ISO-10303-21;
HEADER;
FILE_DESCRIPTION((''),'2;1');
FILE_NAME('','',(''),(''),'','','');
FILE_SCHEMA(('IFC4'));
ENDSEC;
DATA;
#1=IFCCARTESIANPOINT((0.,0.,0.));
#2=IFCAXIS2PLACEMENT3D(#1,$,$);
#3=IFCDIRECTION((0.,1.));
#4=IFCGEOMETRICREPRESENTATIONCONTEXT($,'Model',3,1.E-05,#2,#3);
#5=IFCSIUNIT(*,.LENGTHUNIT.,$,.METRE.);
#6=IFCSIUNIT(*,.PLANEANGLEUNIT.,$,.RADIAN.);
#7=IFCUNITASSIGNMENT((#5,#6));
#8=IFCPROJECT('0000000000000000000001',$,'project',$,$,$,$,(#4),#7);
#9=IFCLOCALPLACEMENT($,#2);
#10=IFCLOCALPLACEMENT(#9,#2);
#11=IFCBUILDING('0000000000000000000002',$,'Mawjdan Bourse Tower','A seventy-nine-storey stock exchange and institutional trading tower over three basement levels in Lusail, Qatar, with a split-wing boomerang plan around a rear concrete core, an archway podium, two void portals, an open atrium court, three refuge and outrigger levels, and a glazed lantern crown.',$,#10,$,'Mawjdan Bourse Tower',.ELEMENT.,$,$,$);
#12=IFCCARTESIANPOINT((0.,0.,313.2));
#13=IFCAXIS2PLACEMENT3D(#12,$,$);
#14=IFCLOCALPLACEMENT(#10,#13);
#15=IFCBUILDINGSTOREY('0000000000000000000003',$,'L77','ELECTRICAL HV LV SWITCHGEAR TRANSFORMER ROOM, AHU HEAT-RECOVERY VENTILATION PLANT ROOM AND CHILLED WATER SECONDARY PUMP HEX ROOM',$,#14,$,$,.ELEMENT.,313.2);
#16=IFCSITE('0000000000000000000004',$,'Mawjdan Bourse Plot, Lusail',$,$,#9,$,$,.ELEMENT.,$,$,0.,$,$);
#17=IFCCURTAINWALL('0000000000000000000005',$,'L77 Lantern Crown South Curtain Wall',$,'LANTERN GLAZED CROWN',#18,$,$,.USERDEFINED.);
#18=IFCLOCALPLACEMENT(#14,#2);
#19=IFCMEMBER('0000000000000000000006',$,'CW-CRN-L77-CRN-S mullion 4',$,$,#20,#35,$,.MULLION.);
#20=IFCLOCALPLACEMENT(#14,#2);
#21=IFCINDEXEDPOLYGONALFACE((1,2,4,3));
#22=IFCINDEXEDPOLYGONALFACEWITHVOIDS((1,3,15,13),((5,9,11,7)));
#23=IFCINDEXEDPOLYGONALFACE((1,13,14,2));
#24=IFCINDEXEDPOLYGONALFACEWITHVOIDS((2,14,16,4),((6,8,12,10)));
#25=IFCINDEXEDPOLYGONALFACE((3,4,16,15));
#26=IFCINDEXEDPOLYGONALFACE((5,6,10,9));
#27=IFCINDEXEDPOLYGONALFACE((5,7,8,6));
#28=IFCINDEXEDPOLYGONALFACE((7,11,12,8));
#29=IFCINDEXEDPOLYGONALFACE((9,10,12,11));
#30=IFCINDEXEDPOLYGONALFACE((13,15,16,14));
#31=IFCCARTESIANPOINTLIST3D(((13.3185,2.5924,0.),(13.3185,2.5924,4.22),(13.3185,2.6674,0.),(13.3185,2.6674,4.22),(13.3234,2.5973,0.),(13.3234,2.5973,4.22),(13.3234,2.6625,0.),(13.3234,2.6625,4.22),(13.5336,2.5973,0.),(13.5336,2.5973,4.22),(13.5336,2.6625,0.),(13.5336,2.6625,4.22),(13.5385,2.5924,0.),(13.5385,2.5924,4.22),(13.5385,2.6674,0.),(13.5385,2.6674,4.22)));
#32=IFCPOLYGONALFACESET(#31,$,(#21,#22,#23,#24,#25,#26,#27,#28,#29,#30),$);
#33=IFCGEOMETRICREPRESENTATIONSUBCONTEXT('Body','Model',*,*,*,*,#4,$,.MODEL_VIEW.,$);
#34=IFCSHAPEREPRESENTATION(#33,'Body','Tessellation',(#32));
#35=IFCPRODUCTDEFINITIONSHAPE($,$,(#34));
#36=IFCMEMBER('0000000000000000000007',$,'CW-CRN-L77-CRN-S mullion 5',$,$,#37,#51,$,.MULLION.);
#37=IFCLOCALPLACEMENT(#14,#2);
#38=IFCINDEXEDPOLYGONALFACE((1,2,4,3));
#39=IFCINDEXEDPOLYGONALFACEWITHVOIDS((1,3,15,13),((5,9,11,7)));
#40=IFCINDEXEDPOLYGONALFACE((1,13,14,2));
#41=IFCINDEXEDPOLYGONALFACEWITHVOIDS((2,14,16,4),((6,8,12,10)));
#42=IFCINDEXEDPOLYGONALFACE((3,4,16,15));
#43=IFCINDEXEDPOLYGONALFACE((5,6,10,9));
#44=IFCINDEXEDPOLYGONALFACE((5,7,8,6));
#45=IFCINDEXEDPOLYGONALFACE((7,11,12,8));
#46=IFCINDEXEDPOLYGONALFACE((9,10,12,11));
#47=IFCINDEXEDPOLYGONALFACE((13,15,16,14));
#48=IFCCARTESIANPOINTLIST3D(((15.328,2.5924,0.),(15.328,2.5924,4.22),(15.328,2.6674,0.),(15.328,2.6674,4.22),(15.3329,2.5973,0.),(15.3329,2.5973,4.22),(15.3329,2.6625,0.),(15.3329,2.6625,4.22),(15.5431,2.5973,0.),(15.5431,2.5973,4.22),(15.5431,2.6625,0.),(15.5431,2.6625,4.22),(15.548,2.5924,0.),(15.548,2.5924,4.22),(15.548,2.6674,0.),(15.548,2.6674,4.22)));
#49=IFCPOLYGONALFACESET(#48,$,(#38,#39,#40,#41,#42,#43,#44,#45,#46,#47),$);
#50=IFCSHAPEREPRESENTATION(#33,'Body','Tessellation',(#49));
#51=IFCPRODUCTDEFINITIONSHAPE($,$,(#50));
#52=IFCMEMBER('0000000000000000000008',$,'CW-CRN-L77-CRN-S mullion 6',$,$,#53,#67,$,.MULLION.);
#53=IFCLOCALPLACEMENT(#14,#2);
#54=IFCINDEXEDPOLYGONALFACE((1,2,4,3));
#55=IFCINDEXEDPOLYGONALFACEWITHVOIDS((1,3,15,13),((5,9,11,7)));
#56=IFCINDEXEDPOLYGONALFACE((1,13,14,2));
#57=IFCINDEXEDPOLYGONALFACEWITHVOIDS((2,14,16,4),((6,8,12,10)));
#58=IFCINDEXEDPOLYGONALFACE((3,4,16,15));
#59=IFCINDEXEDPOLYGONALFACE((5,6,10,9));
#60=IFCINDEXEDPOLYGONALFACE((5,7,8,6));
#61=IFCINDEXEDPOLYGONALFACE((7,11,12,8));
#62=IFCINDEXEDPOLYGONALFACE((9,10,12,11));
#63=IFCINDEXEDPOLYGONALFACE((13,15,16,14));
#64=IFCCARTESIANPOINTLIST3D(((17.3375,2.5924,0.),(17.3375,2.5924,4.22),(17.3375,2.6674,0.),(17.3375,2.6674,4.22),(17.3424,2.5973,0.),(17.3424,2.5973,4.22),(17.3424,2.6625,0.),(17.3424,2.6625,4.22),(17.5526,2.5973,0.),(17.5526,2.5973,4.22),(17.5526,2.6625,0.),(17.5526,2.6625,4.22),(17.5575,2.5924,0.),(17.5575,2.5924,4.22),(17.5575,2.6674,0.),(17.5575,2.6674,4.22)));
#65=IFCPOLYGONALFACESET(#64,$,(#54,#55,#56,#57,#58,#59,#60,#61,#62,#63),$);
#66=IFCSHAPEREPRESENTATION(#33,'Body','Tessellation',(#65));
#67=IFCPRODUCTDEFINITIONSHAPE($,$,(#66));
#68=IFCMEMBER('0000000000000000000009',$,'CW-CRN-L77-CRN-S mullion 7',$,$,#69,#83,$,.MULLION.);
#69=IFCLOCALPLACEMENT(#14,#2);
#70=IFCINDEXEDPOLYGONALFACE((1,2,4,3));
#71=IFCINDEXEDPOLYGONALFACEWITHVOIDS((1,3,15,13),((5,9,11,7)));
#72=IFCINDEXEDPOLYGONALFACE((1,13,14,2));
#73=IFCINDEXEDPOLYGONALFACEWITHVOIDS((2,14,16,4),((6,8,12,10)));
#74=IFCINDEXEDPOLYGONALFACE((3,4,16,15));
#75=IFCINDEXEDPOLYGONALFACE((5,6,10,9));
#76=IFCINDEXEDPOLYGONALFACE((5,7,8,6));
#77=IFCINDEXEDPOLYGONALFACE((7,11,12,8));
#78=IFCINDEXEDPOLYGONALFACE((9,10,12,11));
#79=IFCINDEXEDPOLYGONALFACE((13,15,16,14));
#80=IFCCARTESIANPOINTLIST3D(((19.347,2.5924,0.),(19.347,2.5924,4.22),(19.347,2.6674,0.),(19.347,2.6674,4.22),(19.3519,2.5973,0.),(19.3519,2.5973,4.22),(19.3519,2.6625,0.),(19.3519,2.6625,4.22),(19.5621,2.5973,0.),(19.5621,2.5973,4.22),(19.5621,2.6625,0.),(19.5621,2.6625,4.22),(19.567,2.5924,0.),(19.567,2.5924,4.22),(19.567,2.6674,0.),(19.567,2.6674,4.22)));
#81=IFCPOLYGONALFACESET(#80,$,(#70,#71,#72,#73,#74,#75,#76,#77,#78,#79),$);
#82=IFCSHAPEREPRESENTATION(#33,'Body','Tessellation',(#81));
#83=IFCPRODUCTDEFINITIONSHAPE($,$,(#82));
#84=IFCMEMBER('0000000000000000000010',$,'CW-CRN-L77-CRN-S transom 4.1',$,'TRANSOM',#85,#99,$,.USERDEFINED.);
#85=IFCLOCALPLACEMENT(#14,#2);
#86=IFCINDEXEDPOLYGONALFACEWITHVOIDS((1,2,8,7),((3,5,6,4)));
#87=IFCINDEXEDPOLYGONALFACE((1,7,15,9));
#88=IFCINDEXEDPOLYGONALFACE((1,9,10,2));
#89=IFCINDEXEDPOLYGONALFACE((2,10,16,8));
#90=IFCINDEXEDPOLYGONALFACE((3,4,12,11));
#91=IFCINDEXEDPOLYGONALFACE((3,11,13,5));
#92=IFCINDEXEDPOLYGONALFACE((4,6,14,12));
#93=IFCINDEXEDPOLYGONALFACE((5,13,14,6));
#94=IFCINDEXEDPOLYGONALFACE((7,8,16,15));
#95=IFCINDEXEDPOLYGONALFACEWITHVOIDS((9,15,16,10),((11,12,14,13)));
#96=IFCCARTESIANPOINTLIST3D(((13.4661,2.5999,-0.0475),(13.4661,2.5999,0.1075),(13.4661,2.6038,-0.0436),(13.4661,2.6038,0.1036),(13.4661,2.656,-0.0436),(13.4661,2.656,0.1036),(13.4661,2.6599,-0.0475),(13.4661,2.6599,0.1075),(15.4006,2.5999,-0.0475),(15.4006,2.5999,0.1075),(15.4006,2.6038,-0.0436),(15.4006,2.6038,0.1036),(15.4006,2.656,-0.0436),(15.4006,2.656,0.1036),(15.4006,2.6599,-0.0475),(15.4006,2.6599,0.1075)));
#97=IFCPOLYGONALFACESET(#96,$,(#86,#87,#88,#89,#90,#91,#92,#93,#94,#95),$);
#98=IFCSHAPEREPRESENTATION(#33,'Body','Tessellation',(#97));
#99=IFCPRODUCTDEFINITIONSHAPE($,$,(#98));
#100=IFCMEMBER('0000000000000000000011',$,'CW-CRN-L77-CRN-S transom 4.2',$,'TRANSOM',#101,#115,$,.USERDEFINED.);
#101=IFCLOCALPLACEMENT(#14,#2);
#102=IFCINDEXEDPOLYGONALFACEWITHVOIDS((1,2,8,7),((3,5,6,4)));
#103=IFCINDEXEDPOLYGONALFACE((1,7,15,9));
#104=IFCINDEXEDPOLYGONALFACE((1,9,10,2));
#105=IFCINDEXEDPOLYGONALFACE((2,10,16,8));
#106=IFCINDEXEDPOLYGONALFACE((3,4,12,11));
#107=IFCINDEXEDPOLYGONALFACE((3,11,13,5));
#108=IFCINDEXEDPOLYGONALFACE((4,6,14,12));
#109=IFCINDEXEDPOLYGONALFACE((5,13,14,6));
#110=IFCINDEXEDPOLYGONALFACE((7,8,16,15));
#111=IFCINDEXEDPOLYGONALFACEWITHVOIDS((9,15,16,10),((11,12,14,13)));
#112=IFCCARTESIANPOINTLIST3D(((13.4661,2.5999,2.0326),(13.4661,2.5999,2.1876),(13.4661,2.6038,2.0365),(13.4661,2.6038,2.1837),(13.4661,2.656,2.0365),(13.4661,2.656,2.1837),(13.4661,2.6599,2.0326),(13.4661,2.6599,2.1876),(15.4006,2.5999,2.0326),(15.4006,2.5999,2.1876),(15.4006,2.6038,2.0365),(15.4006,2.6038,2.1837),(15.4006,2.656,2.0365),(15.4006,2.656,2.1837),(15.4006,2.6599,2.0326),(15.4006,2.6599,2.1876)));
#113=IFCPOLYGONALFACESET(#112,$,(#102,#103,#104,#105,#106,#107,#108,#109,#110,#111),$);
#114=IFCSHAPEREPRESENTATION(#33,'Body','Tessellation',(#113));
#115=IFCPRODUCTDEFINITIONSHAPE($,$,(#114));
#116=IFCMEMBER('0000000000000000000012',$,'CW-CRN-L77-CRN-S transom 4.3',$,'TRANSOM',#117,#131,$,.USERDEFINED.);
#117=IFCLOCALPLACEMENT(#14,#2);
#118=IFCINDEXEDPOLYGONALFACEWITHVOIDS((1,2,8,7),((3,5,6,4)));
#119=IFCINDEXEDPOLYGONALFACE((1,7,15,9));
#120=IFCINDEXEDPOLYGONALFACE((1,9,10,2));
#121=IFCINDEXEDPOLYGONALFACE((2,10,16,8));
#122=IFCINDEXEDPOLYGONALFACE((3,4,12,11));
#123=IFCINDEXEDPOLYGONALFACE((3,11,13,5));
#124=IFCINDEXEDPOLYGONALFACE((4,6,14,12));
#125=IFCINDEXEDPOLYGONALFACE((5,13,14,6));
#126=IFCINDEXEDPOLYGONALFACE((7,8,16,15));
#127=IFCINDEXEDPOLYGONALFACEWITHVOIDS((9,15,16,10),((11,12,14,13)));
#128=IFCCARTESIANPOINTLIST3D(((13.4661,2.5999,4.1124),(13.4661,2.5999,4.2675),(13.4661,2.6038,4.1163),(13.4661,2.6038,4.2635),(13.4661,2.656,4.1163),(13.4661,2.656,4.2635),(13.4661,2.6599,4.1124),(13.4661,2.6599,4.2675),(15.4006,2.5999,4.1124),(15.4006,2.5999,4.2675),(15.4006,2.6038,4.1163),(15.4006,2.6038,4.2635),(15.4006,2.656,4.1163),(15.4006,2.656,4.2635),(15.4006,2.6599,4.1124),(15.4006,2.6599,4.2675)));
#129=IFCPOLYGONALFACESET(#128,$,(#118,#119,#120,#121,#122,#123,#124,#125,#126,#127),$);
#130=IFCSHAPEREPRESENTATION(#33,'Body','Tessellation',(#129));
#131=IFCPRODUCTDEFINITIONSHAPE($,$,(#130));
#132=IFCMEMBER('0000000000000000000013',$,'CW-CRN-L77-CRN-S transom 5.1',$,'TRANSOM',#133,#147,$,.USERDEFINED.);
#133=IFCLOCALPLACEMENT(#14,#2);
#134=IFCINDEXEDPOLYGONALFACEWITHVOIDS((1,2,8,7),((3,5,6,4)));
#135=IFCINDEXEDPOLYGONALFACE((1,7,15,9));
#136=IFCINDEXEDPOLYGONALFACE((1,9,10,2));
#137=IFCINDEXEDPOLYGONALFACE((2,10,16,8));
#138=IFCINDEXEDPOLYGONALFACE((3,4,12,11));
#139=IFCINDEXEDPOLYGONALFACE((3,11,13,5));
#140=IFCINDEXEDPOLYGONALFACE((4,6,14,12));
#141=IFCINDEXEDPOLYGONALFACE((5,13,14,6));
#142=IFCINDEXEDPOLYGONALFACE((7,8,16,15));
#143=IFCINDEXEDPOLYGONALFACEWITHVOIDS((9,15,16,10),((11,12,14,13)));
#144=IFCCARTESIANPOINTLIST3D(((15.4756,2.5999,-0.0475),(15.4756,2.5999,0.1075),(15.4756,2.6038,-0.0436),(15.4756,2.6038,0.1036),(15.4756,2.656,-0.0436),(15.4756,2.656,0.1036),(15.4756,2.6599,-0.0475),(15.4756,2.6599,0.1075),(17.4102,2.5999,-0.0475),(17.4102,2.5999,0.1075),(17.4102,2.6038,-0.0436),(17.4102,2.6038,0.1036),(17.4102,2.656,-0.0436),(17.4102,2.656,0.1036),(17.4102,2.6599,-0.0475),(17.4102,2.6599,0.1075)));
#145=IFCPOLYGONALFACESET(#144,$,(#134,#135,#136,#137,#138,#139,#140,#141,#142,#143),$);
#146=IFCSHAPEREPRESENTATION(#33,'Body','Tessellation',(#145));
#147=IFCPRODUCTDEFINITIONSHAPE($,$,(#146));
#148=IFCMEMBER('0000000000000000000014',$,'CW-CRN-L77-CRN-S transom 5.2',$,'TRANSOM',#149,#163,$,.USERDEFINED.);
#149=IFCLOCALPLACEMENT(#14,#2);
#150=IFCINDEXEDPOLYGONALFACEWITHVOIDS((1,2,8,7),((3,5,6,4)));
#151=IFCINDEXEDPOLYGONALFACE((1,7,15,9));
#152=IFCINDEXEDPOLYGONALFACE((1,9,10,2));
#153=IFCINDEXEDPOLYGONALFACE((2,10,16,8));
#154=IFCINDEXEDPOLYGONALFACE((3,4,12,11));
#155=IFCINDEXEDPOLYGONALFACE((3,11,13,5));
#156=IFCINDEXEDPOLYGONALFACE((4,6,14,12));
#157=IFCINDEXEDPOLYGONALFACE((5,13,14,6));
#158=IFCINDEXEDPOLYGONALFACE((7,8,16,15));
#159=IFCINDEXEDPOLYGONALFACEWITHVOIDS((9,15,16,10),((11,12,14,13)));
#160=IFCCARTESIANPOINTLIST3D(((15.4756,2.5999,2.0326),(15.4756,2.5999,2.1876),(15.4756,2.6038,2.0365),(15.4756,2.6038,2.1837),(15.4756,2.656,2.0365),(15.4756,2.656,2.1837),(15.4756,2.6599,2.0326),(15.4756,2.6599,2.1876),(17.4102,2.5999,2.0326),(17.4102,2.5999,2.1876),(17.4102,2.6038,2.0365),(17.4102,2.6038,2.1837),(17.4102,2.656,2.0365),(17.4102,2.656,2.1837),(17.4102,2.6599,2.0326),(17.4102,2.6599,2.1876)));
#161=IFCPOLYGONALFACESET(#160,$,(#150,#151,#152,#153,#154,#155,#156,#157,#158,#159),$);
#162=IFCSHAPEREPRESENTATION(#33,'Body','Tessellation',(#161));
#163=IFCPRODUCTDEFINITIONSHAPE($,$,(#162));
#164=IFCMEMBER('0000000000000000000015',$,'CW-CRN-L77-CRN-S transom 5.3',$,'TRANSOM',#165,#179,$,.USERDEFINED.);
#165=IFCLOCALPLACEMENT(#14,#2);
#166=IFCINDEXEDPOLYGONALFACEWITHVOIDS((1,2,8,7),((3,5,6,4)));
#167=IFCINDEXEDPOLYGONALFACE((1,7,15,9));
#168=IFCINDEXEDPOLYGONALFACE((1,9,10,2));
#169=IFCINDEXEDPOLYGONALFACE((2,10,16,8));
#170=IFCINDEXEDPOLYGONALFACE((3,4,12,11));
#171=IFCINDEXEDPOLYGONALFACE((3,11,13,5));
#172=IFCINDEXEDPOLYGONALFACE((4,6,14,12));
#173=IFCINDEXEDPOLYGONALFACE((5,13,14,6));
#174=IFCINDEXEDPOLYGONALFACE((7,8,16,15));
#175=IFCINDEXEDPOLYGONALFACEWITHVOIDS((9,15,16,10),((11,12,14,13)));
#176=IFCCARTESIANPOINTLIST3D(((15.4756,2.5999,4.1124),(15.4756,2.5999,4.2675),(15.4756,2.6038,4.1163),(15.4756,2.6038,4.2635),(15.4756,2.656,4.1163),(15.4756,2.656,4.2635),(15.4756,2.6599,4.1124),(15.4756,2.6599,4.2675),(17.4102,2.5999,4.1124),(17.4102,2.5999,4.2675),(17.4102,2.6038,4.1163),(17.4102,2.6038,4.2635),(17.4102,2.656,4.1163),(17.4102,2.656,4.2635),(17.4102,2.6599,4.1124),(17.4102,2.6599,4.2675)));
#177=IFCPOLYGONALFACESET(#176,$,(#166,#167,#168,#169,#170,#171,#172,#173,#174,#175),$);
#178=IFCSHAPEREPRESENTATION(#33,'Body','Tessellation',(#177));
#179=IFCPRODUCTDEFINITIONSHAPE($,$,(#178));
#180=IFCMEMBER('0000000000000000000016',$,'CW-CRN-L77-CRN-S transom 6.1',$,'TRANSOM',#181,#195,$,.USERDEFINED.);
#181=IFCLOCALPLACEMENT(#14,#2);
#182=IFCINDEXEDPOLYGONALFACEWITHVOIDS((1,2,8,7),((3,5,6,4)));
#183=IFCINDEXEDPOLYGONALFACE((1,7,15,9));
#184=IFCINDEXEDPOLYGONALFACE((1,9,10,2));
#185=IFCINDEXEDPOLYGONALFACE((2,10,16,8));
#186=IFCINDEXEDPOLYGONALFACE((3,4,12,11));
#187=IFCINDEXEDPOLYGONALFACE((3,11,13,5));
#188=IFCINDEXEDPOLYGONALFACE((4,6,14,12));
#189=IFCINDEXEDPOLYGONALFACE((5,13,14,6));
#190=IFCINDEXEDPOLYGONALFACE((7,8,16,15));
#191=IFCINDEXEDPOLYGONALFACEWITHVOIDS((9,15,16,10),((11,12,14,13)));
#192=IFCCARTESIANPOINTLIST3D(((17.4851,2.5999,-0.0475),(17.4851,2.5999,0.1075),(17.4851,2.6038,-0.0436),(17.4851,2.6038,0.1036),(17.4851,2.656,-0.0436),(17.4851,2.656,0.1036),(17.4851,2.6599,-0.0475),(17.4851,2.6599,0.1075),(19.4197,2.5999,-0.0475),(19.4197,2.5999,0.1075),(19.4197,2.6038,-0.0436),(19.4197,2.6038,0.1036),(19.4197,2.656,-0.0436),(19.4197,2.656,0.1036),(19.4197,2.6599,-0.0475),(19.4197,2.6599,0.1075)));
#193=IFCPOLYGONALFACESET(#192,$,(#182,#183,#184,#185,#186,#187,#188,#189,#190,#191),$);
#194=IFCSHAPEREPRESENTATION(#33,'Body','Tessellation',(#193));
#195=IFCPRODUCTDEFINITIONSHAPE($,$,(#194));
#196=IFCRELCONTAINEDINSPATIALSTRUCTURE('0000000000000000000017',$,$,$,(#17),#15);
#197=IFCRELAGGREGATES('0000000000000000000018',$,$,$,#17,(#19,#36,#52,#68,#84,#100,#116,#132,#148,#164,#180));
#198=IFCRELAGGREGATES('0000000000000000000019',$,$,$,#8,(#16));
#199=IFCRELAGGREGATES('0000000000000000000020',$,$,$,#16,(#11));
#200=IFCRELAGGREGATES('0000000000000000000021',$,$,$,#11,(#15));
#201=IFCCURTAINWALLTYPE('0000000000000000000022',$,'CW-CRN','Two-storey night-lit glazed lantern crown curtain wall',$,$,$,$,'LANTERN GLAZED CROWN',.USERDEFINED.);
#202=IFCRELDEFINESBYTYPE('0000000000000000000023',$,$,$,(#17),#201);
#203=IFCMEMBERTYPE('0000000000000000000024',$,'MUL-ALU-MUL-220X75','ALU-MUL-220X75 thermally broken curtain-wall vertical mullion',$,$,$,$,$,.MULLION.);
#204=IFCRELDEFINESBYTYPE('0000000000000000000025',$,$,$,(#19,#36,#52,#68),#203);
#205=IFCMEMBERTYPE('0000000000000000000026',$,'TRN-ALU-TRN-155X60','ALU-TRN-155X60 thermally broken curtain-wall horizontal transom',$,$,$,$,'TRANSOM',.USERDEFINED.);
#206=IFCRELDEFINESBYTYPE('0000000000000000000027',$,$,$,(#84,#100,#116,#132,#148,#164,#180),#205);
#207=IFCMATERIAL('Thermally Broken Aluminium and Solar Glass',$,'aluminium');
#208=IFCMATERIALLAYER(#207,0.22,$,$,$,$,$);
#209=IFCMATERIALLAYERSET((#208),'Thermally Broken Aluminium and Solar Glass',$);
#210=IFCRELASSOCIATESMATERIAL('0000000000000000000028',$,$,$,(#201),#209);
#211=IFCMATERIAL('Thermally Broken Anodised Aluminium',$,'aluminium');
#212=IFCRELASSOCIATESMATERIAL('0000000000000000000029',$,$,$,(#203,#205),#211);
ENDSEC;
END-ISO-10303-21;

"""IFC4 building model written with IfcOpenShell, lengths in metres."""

from ifc_helpers import new_model, si_unit, direction, frame, origin, origin_2d, place, context, subcontext, project, spatial, hollow_rectangle, extrude, material, layer, layer_set, material_profile, profile_set, type_object, element, aggregate, save


model = new_model("IFC4")

# Units and contexts
model_context = context("Model", 3, precision=1e-05, world=origin(), true_north=direction((0.0, 1.0)))
body_context = subcontext(model_context, "Body", "Model", "MODEL_VIEW")
ifc_project = project(units=[si_unit("LENGTHUNIT", "METRE"), si_unit("PLANEANGLEUNIT", "RADIAN")], contexts=[model_context])

# Site, building, storey
site_placement = place(None, origin())
site = spatial("IfcSite", under=ifc_project, at=site_placement, Name="Mawjdan Bourse Plot, Lusail", CompositionType="ELEMENT", RefElevation=0.0)
building_placement = place(site_placement, origin())
building = spatial("IfcBuilding", under=site, at=building_placement, Name="Mawjdan Bourse Tower", Description="A seventy-nine-storey stock exchange and institutional trading tower over three basement levels in Lusail, Qatar, with a split-wing boomerang plan around a rear concrete core, an archway podium, two void portals, an open atrium court, three refuge and outrigger levels, and a glazed lantern crown.", LongName="Mawjdan Bourse Tower", CompositionType="ELEMENT")
storey_placement = place(building_placement, frame((0.0, 0.0, 313.2)))
storey = spatial("IfcBuildingStorey", under=building, at=storey_placement, Name="L77", Description="ELECTRICAL HV LV SWITCHGEAR TRANSFORMER ROOM, AHU HEAT-RECOVERY VENTILATION PLANT ROOM AND CHILLED WATER SECONDARY PUMP HEX ROOM", CompositionType="ELEMENT", Elevation=313.2)

# Curtain wall, members
ifc_material_1 = material(Name="Thermally Broken Aluminium and Solar Glass", Category="aluminium")
ifc_layer_1 = layer(ifc_material_1, 0.22)
ifc_layer_set_1 = layer_set([ifc_layer_1], Name="Thermally Broken Aluminium and Solar Glass")
curtain_wall_type = type_object("IfcCurtainWallType", Name="CW-CRN", Description="Two-storey night-lit glazed lantern crown curtain wall", ElementType="LANTERN GLAZED CROWN", PredefinedType="USERDEFINED", material=ifc_layer_set_1)
curtain_wall_placement = place(storey_placement, origin())
curtain_wall = element("IfcCurtainWall", 1, at=curtain_wall_placement, inside=storey, type_object=curtain_wall_type, Name="L77 Lantern Crown South Curtain Wall", ObjectType="LANTERN GLAZED CROWN", PredefinedType="USERDEFINED")
ifc_material_2 = material(Name="Thermally Broken Anodised Aluminium", Category="aluminium")
ifc_material_profile_1 = material_profile(ifc_material_2, hollow_rectangle(XDim=0.075, YDim=0.22, WallThickness=0.0049, at=origin_2d()), Name="ALU-MUL-220X75")
ifc_profile_set_1 = profile_set([ifc_material_profile_1], Name="Thermally Broken Anodised Aluminium")
member_type_1 = type_object("IfcMemberType", Name="MUL-ALU-MUL-220X75", Description="ALU-MUL-220X75 thermally broken curtain-wall vertical mullion", PredefinedType="MULLION", material=ifc_profile_set_1)
member_1_placement = place(storey_placement, frame((13.4285, 2.6299, 0.0), z_axis=(0.0, 0.0, 1.0), x_axis=(0.0, 1.0, 0.0)))
member_1 = element("IfcMember", 2, at=member_1_placement, type_object=member_type_1, Name="CW-CRN-L77-CRN-S mullion 4", PredefinedType="MULLION", context=body_context, shape_type="SweptSolid", body=[
    extrude(hollow_rectangle(XDim=0.075, YDim=0.22, WallThickness=0.0049, at=origin_2d()), origin(), (0.0, 0.0, 1.0), 4.22),
])
member_2_placement = place(storey_placement, frame((15.438, 2.6299, 0.0), z_axis=(0.0, 0.0, 1.0), x_axis=(0.0, 1.0, 0.0)))
member_2 = element("IfcMember", 3, at=member_2_placement, type_object=member_type_1, Name="CW-CRN-L77-CRN-S mullion 5", PredefinedType="MULLION", context=body_context, shape_type="SweptSolid", body=[
    extrude(hollow_rectangle(XDim=0.075, YDim=0.22, WallThickness=0.0049, at=origin_2d()), origin(), (0.0, 0.0, 1.0), 4.22),
])
member_3_placement = place(storey_placement, frame((17.4475, 2.6299, 0.0), z_axis=(0.0, 0.0, 1.0), x_axis=(0.0, 1.0, 0.0)))
member_3 = element("IfcMember", 4, at=member_3_placement, type_object=member_type_1, Name="CW-CRN-L77-CRN-S mullion 6", PredefinedType="MULLION", context=body_context, shape_type="SweptSolid", body=[
    extrude(hollow_rectangle(XDim=0.075, YDim=0.22, WallThickness=0.0049, at=origin_2d()), origin(), (0.0, 0.0, 1.0), 4.22),
])
member_4_placement = place(storey_placement, frame((19.457, 2.6299, 0.0), z_axis=(0.0, 0.0, 1.0), x_axis=(0.0, 1.0, 0.0)))
member_4 = element("IfcMember", 5, at=member_4_placement, type_object=member_type_1, Name="CW-CRN-L77-CRN-S mullion 7", PredefinedType="MULLION", context=body_context, shape_type="SweptSolid", body=[
    extrude(hollow_rectangle(XDim=0.075, YDim=0.22, WallThickness=0.0049, at=origin_2d()), origin(), (0.0, 0.0, 1.0), 4.22),
])
ifc_material_profile_2 = material_profile(ifc_material_2, hollow_rectangle(XDim=0.0601, YDim=0.155, WallThickness=0.0039, at=origin_2d()), Name="ALU-TRN-155X60")
ifc_profile_set_2 = profile_set([ifc_material_profile_2], Name="Thermally Broken Anodised Aluminium")
member_type_2 = type_object("IfcMemberType", Name="TRN-ALU-TRN-155X60", Description="ALU-TRN-155X60 thermally broken curtain-wall horizontal transom", ElementType="TRANSOM", PredefinedType="USERDEFINED", material=ifc_profile_set_2)
member_5_placement = place(storey_placement, frame((13.4661, 2.6299, 0.03), z_axis=(1.0, 0.0, 0.0), x_axis=(0.0, 1.0, 0.0)))
member_5 = element("IfcMember", 6, at=member_5_placement, type_object=member_type_2, Name="CW-CRN-L77-CRN-S transom 4.1", ObjectType="TRANSOM", PredefinedType="USERDEFINED", context=body_context, shape_type="SweptSolid", body=[
    extrude(hollow_rectangle(XDim=0.0601, YDim=0.155, WallThickness=0.0039, at=origin_2d()), origin(), (0.0, 0.0, 1.0), 1.9346),
])
member_6_placement = place(storey_placement, frame((13.4661, 2.6299, 2.1101), z_axis=(1.0, 0.0, 0.0), x_axis=(0.0, 1.0, 0.0)))
member_6 = element("IfcMember", 7, at=member_6_placement, type_object=member_type_2, Name="CW-CRN-L77-CRN-S transom 4.2", ObjectType="TRANSOM", PredefinedType="USERDEFINED", context=body_context, shape_type="SweptSolid", body=[
    extrude(hollow_rectangle(XDim=0.0601, YDim=0.155, WallThickness=0.0039, at=origin_2d()), origin(), (0.0, 0.0, 1.0), 1.9346),
])
member_7_placement = place(storey_placement, frame((13.4661, 2.6299, 4.1899), z_axis=(1.0, 0.0, 0.0), x_axis=(0.0, 1.0, 0.0)))
member_7 = element("IfcMember", 8, at=member_7_placement, type_object=member_type_2, Name="CW-CRN-L77-CRN-S transom 4.3", ObjectType="TRANSOM", PredefinedType="USERDEFINED", context=body_context, shape_type="SweptSolid", body=[
    extrude(hollow_rectangle(XDim=0.0601, YDim=0.155, WallThickness=0.0039, at=origin_2d()), origin(), (0.0, 0.0, 1.0), 1.9346),
])
member_8_placement = place(storey_placement, frame((15.4756, 2.6299, 0.03), z_axis=(1.0, 0.0, 0.0), x_axis=(0.0, 1.0, 0.0)))
member_8 = element("IfcMember", 9, at=member_8_placement, type_object=member_type_2, Name="CW-CRN-L77-CRN-S transom 5.1", ObjectType="TRANSOM", PredefinedType="USERDEFINED", context=body_context, shape_type="SweptSolid", body=[
    extrude(hollow_rectangle(XDim=0.0601, YDim=0.155, WallThickness=0.0039, at=origin_2d()), origin(), (0.0, 0.0, 1.0), 1.9346),
])
member_9_placement = place(storey_placement, frame((15.4756, 2.6299, 2.1101), z_axis=(1.0, 0.0, 0.0), x_axis=(0.0, 1.0, 0.0)))
member_9 = element("IfcMember", 10, at=member_9_placement, type_object=member_type_2, Name="CW-CRN-L77-CRN-S transom 5.2", ObjectType="TRANSOM", PredefinedType="USERDEFINED", context=body_context, shape_type="SweptSolid", body=[
    extrude(hollow_rectangle(XDim=0.0601, YDim=0.155, WallThickness=0.0039, at=origin_2d()), origin(), (0.0, 0.0, 1.0), 1.9346),
])
member_10_placement = place(storey_placement, frame((15.4756, 2.6299, 4.1899), z_axis=(1.0, 0.0, 0.0), x_axis=(0.0, 1.0, 0.0)))
member_10 = element("IfcMember", 11, at=member_10_placement, type_object=member_type_2, Name="CW-CRN-L77-CRN-S transom 5.3", ObjectType="TRANSOM", PredefinedType="USERDEFINED", context=body_context, shape_type="SweptSolid", body=[
    extrude(hollow_rectangle(XDim=0.0601, YDim=0.155, WallThickness=0.0039, at=origin_2d()), origin(), (0.0, 0.0, 1.0), 1.9346),
])
member_11_placement = place(storey_placement, frame((17.4851, 2.6299, 0.03), z_axis=(1.0, 0.0, 0.0), x_axis=(0.0, 1.0, 0.0)))
member_11 = element("IfcMember", 12, at=member_11_placement, type_object=member_type_2, Name="CW-CRN-L77-CRN-S transom 6.1", ObjectType="TRANSOM", PredefinedType="USERDEFINED", context=body_context, shape_type="SweptSolid", body=[
    extrude(hollow_rectangle(XDim=0.0601, YDim=0.155, WallThickness=0.0039, at=origin_2d()), origin(), (0.0, 0.0, 1.0), 1.9346),
])
aggregate(curtain_wall, [member_1, member_2, member_3, member_4, member_5, member_6, member_7, member_8, member_9, member_10, member_11])

save(model, "model.ifc")
